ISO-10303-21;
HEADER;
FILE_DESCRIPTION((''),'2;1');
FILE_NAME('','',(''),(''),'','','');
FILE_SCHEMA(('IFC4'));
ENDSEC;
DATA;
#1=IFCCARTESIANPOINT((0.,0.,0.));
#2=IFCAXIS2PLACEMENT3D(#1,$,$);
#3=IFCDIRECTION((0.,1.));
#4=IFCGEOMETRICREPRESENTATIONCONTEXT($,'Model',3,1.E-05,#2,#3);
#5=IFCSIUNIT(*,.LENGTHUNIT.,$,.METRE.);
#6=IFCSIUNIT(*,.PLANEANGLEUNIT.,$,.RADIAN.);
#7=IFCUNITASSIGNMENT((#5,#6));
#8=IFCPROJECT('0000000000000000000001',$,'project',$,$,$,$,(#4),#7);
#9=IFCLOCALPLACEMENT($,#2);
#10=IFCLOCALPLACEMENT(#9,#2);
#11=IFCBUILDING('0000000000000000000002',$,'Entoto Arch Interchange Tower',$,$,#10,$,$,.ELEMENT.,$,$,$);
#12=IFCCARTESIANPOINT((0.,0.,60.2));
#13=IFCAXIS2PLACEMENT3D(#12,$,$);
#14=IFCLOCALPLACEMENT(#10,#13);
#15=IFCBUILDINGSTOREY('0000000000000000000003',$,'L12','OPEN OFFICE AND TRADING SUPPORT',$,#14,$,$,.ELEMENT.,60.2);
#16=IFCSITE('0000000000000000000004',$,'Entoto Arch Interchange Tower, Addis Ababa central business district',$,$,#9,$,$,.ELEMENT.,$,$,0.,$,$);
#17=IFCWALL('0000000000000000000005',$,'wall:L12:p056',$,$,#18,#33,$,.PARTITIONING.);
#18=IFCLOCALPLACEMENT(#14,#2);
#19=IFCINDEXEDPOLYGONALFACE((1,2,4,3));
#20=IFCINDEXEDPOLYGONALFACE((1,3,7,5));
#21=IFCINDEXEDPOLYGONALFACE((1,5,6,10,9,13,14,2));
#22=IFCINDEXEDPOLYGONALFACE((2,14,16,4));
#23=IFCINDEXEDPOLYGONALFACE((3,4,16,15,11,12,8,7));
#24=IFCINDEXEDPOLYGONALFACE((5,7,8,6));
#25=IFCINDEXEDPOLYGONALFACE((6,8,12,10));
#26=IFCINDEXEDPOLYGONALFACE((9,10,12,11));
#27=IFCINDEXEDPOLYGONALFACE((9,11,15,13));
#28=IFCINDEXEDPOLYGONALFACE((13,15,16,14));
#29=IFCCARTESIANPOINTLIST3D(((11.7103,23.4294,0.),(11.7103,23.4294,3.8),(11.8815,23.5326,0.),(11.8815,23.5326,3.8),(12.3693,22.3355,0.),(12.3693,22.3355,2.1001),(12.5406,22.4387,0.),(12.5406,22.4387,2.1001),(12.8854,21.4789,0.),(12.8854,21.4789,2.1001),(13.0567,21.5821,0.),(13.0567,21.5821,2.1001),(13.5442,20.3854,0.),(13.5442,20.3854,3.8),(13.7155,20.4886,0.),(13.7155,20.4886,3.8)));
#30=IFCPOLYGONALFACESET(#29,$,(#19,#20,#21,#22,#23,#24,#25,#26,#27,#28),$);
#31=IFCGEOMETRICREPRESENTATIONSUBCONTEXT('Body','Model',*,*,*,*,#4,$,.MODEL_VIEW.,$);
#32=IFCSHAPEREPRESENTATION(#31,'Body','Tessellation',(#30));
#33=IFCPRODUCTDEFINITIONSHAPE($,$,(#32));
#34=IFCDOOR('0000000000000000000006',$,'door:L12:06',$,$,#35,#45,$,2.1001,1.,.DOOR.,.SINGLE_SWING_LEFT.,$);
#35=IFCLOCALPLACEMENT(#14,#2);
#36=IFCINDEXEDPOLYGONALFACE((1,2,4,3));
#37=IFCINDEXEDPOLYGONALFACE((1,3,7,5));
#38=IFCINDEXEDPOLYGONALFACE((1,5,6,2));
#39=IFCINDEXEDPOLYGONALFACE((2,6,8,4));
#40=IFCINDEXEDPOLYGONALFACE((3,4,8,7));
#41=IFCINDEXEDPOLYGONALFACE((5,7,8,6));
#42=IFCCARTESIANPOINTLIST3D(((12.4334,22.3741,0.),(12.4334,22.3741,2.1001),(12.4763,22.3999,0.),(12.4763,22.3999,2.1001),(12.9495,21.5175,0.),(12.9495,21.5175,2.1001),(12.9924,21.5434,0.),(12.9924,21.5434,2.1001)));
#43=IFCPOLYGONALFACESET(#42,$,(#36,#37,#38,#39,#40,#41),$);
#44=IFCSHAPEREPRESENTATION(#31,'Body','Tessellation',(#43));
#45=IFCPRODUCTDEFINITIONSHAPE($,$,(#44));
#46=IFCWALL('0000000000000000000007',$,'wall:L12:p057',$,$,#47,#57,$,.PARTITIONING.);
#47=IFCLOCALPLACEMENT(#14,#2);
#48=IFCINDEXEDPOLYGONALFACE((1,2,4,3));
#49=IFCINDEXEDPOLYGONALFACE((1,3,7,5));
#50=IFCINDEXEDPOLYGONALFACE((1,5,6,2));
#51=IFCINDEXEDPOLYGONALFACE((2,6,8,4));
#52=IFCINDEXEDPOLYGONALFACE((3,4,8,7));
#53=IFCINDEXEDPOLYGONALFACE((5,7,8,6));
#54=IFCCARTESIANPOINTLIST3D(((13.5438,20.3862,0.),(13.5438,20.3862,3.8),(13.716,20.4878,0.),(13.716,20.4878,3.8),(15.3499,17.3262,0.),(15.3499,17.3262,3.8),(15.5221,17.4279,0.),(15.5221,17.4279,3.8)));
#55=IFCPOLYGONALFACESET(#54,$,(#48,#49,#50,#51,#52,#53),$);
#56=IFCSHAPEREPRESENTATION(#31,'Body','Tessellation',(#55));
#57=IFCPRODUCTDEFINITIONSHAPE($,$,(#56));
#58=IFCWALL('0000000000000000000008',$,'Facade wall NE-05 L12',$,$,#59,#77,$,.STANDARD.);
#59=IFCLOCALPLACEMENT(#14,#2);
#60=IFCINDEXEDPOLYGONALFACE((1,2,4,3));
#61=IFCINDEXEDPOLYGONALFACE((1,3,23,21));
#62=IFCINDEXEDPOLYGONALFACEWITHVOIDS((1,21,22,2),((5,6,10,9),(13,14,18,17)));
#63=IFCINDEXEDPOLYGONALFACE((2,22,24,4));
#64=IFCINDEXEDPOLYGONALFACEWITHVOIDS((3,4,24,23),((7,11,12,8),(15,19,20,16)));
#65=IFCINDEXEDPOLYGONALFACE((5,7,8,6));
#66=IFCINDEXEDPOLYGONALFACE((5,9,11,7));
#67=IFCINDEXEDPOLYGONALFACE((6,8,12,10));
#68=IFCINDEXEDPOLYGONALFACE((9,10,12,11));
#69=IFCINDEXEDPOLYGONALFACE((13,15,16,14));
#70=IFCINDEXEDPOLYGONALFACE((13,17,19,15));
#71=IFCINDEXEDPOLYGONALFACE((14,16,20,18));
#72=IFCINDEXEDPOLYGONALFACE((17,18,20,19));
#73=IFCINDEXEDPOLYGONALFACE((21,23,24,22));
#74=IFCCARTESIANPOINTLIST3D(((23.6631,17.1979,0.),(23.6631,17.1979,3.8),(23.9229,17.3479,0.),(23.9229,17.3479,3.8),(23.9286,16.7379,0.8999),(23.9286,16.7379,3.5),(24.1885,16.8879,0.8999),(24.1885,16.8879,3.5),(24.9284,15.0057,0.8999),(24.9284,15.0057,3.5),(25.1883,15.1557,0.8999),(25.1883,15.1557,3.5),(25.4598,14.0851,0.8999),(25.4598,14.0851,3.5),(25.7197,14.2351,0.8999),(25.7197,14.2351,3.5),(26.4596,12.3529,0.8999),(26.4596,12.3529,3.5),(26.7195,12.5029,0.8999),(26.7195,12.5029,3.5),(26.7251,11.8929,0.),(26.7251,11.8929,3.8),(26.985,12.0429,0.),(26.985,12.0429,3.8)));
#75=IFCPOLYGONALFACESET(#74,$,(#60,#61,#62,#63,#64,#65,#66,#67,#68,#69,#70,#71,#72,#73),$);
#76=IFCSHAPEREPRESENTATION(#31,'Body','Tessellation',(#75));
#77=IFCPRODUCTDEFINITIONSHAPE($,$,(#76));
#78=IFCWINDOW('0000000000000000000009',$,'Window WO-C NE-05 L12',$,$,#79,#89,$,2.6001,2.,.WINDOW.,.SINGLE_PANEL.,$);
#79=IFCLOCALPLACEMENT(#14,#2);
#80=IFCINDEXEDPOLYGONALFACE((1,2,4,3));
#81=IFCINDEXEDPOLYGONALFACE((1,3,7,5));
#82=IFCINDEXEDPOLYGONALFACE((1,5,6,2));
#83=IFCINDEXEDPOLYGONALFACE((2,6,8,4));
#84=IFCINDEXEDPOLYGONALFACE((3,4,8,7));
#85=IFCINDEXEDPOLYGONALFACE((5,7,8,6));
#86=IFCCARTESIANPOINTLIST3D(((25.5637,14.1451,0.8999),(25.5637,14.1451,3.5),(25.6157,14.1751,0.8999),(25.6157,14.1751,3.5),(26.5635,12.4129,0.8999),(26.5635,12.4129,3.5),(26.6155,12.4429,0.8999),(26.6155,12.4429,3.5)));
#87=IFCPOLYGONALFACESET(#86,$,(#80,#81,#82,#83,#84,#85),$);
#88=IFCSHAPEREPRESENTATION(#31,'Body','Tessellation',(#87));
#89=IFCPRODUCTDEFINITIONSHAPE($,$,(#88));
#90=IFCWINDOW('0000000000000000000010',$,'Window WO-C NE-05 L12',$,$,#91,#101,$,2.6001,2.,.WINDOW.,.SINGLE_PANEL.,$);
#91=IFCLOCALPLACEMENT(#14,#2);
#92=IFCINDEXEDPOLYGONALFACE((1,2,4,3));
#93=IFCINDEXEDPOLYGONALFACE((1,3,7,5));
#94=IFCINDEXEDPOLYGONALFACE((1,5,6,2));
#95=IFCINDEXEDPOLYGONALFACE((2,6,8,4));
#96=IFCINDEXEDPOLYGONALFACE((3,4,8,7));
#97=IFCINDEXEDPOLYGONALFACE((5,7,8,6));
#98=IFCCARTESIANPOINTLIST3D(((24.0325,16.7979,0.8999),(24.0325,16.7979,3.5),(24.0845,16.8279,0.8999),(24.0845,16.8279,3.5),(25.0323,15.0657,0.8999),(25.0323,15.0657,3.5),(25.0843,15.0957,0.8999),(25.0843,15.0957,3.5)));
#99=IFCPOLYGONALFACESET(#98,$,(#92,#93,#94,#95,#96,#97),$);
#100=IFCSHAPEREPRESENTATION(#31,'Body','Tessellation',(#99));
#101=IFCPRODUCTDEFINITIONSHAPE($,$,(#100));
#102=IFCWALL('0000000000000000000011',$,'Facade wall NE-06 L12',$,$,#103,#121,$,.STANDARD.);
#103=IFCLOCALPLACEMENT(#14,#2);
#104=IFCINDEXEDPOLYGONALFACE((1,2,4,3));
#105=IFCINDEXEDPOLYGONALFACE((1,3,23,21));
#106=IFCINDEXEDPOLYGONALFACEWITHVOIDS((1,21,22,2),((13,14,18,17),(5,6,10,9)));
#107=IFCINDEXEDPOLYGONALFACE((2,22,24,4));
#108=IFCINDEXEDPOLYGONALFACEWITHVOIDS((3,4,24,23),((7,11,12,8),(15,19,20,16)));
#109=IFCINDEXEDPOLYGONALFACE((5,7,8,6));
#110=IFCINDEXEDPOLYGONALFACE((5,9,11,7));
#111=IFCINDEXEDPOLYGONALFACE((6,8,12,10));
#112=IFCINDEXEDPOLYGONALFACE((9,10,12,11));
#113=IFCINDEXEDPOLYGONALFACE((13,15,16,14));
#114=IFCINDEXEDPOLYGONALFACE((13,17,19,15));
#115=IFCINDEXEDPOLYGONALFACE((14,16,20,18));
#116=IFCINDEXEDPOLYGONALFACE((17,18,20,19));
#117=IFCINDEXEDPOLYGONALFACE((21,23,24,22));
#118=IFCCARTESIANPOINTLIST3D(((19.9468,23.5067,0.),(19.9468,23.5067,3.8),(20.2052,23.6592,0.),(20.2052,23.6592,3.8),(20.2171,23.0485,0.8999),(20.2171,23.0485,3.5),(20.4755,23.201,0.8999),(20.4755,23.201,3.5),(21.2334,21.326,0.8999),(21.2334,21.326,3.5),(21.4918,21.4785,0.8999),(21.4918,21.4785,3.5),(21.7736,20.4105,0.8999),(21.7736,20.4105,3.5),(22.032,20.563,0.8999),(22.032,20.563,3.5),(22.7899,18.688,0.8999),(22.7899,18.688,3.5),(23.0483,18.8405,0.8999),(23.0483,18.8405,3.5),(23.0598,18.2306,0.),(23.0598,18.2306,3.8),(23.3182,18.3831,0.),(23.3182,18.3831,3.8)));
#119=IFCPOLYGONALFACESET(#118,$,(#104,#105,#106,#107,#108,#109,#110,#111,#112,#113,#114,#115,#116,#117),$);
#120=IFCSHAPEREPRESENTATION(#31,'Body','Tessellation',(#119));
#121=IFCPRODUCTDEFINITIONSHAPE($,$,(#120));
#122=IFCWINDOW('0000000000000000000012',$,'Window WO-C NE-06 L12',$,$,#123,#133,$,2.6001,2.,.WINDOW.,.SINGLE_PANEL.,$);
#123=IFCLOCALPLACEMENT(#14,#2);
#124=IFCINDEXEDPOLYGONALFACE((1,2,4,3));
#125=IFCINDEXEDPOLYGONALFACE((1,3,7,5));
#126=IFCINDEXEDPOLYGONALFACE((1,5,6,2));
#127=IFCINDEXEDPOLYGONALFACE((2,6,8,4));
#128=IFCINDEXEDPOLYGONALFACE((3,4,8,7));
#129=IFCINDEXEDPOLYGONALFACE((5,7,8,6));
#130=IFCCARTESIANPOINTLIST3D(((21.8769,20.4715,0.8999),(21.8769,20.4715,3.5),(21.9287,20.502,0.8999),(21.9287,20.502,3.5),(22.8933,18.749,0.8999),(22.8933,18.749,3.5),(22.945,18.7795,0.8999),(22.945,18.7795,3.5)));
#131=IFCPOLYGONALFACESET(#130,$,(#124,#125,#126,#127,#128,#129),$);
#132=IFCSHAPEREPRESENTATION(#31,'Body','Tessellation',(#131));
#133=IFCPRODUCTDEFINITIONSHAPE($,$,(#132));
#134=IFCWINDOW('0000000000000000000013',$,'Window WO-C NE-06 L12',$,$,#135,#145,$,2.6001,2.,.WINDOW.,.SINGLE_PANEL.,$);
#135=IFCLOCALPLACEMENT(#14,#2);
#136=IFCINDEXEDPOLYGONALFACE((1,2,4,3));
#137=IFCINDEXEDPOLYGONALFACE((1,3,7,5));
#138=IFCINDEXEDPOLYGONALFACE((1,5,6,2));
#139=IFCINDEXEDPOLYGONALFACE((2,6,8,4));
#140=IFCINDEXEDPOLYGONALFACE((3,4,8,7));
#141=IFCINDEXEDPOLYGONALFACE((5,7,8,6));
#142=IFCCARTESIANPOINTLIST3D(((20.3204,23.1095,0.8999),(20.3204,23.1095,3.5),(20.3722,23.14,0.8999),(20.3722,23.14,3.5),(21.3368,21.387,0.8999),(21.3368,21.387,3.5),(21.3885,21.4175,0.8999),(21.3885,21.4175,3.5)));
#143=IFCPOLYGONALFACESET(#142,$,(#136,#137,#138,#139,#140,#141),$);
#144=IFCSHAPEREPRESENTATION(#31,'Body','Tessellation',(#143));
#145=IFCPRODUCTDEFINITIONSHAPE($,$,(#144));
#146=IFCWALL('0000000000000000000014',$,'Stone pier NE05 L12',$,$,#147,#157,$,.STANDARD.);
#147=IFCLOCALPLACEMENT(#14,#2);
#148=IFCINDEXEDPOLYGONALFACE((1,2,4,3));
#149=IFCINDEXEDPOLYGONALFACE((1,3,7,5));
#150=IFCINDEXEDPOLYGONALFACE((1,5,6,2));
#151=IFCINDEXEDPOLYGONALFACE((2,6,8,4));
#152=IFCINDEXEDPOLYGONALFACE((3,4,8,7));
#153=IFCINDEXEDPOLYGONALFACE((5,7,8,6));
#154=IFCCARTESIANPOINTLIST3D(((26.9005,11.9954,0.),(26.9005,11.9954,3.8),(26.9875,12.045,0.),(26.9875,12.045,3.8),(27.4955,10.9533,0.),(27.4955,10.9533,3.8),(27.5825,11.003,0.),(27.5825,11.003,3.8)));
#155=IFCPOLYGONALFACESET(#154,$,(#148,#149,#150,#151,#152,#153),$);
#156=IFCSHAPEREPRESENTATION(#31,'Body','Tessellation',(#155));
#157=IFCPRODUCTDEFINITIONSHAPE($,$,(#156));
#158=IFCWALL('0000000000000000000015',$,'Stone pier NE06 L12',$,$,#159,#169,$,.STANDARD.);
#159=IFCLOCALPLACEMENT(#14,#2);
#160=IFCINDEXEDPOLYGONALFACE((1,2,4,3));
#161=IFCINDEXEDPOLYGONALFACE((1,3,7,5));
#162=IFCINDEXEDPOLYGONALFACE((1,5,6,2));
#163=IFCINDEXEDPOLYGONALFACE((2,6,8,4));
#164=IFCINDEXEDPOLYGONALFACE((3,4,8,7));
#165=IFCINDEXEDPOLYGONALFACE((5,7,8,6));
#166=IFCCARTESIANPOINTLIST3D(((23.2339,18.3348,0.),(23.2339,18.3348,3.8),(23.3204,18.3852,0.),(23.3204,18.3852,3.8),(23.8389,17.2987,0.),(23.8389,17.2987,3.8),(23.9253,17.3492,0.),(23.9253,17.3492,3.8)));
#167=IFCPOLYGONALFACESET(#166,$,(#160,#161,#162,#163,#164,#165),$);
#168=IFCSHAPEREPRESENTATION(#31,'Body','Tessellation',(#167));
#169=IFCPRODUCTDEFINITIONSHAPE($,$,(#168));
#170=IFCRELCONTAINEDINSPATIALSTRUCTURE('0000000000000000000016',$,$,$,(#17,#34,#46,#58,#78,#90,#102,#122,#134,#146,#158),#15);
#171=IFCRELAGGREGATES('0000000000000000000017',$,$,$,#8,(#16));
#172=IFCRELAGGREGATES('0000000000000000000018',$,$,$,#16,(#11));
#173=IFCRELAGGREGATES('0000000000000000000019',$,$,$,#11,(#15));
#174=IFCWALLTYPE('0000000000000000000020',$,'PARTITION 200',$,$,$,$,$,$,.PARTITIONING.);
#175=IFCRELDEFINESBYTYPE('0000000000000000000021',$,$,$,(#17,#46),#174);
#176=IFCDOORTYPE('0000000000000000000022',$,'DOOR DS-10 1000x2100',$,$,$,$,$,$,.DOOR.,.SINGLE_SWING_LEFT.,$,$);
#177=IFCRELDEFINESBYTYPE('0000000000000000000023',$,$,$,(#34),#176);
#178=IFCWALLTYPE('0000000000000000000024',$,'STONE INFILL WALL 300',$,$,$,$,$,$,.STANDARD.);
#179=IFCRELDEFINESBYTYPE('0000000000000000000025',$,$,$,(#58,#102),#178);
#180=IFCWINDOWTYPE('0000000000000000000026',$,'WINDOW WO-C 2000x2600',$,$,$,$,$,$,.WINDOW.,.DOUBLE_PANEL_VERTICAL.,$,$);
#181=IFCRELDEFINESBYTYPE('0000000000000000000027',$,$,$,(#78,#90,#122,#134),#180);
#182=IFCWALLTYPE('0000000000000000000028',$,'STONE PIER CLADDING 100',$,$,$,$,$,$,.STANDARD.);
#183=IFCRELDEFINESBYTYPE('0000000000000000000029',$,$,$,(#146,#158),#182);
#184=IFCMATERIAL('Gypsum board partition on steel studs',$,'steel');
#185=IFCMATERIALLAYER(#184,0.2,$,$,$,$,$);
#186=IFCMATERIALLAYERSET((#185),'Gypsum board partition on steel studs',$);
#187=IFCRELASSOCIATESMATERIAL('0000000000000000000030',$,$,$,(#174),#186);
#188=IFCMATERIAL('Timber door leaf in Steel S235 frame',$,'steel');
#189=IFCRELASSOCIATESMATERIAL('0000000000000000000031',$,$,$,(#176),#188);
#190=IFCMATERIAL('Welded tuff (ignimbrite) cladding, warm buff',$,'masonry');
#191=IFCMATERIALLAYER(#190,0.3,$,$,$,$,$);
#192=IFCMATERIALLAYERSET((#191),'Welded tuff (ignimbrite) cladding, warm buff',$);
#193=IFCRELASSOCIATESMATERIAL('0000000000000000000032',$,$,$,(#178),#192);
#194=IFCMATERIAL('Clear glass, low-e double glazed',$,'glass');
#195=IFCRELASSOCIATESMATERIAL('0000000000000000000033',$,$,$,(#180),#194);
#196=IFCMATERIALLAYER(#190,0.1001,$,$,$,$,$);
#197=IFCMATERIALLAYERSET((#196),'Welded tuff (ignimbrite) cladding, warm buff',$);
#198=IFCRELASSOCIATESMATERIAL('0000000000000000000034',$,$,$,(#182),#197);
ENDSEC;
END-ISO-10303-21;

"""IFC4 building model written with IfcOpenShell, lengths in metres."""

from ifc_helpers import new_model, si_unit, direction, frame, frame_2d, origin, place, context, subcontext, project, spatial, rectangle, extrude, material, layer, layer_set, type_object, element, fill, save


model = new_model("IFC4")

# Units and contexts
model_context = context("Model", 3, precision=1e-05, world=origin(), true_north=direction((0.0, 1.0)))
body_context = subcontext(model_context, "Body", "Model", "MODEL_VIEW")
ifc_project = project(units=[si_unit("LENGTHUNIT", "METRE"), si_unit("PLANEANGLEUNIT", "RADIAN")], contexts=[model_context])

# Site, building, storey
site_placement = place(None, origin())
site = spatial("IfcSite", under=ifc_project, at=site_placement, Name="Entoto Arch Interchange Tower, Addis Ababa central business district", CompositionType="ELEMENT", RefElevation=0.0)
building_placement = place(site_placement, origin())
building = spatial("IfcBuilding", under=site, at=building_placement, Name="Entoto Arch Interchange Tower", CompositionType="ELEMENT")
storey_placement = place(building_placement, frame((0.0, 0.0, 60.2)))
storey = spatial("IfcBuildingStorey", under=building, at=storey_placement, Name="L12", Description="OPEN OFFICE AND TRADING SUPPORT", CompositionType="ELEMENT", Elevation=60.2)

# Shared definitions
ifc_material_1 = material(Name="Gypsum board partition on steel studs", Category="steel")
ifc_layer_1 = layer(ifc_material_1, 0.2)
ifc_layer_set_1 = layer_set([ifc_layer_1], Name="Gypsum board partition on steel studs")
wall_type_1 = type_object("IfcWallType", Name="PARTITION 200", PredefinedType="PARTITIONING", material=ifc_layer_set_1)

# Shared definitions
ifc_material_2 = material(Name="Timber door leaf in Steel S235 frame", Category="steel")
door_type = type_object("IfcDoorType", Name="DOOR DS-10 1000x2100", OperationType="SINGLE_SWING_LEFT", PredefinedType="DOOR", material=ifc_material_2)

# Wall, opening, door
wall_1_placement = place(storey_placement, frame((11.7959, 23.481, 0.0), z_axis=(0.0, 0.0, 1.0), x_axis=(0.516071, -0.856546, 0.0)))
wall_1 = element("IfcWall", 1, at=wall_1_placement, inside=storey, type_object=wall_type_1, Name="wall:L12:p056", PredefinedType="PARTITIONING", context=body_context, shape_type="SweptSolid", body=[
    extrude(rectangle(XDim=3.5537, YDim=0.2, at=frame_2d((1.7769, 0.0))), origin(), (0.0, 0.0, 1.0), 3.8),
])
opening_1_placement = place(wall_1_placement, frame((1.2771, 0.0, 0.0)))
opening_1 = element("IfcOpeningElement", 2, at=opening_1_placement, cuts=wall_1, PredefinedType="OPENING", context=body_context, shape_type="SweptSolid", body=[
    extrude(rectangle(XDim=1.0, YDim=2.1001, at=frame_2d((0.5, 1.05))), frame((0.0, 0.1099, 0.0), z_axis=(0.0, -1.0, 0.0), x_axis=(1.0, 0.0, 0.0)), (0.0, 0.0, 1.0), 0.22),
])
door_1_placement = place(opening_1_placement, origin())
door_1 = element("IfcDoor", 3, at=door_1_placement, inside=storey, type_object=door_type, Name="door:L12:06", OperationType="SINGLE_SWING_LEFT", OverallHeight=2.1001, OverallWidth=1.0, PredefinedType="DOOR", context=body_context, shape_type="SweptSolid", body=[
    extrude(rectangle(XDim=1.0, YDim=2.1001, at=frame_2d((0.5, 1.05))), frame((0.0, 0.0249, 0.0), z_axis=(0.0, -1.0, 0.0), x_axis=(1.0, 0.0, 0.0)), (0.0, 0.0, 1.0), 0.05),
])
fill(opening_1, door_1)

# Wall
wall_2_placement = place(storey_placement, frame((13.6299, 20.437, 0.0), z_axis=(0.0, 0.0, 1.0), x_axis=(0.508299, -0.861181, 0.0)))
element("IfcWall", 4, at=wall_2_placement, inside=storey, type_object=wall_type_1, Name="wall:L12:p057", PredefinedType="PARTITIONING", context=body_context, shape_type="SweptSolid", body=[
    extrude(rectangle(XDim=3.5532, YDim=0.2, at=frame_2d((1.7766, 0.0))), origin(), (0.0, 0.0, 1.0), 3.8),
])

# Walls, openings, windows
ifc_material_3 = material(Name="Welded tuff (ignimbrite) cladding, warm buff", Category="masonry")
ifc_layer_2 = layer(ifc_material_3, 0.3)
ifc_layer_set_2 = layer_set([ifc_layer_2], Name="Welded tuff (ignimbrite) cladding, warm buff")
wall_type_2 = type_object("IfcWallType", Name="STONE INFILL WALL 300", PredefinedType="STANDARD", material=ifc_layer_set_2)
wall_3_placement = place(storey_placement, frame((26.855, 11.968, 0.0), z_axis=(0.0, 0.0, 1.0), x_axis=(-0.499903, 0.866081, 0.0)))
wall_3 = element("IfcWall", 5, at=wall_3_placement, inside=storey, type_object=wall_type_2, Name="Facade wall NE-05 L12", PredefinedType="STANDARD", context=body_context, shape_type="SweptSolid", body=[
    extrude(rectangle(XDim=6.1252, YDim=0.3, at=frame_2d((3.0625, 0.0))), origin(), (0.0, 0.0, 1.0), 3.8),
])
opening_2_placement = place(wall_3_placement, frame((0.531, 0.0, 0.8999)))
opening_2 = element("IfcOpeningElement", 6, at=opening_2_placement, cuts=wall_3, PredefinedType="OPENING", context=body_context, shape_type="SweptSolid", body=[
    extrude(rectangle(XDim=2.0, YDim=2.6001, at=frame_2d((1.0, 1.3))), frame((0.0, 0.1602, 0.0), z_axis=(0.0, -1.0, 0.0), x_axis=(1.0, 0.0, 0.0)), (0.0, 0.0, 1.0), 0.3201),
])
opening_3_placement = place(wall_3_placement, frame((3.594, 0.0, 0.8999)))
opening_3 = element("IfcOpeningElement", 7, at=opening_3_placement, cuts=wall_3, PredefinedType="OPENING", context=body_context, shape_type="SweptSolid", body=[
    extrude(rectangle(XDim=2.0, YDim=2.6001, at=frame_2d((1.0, 1.3))), frame((0.0, 0.1602, 0.0), z_axis=(0.0, -1.0, 0.0), x_axis=(1.0, 0.0, 0.0)), (0.0, 0.0, 1.0), 0.3201),
])
ifc_material_4 = material(Name="Clear glass, low-e double glazed", Category="glass")
window_type = type_object("IfcWindowType", Name="WINDOW WO-C 2000x2600", PartitioningType="DOUBLE_PANEL_VERTICAL", PredefinedType="WINDOW", material=ifc_material_4)
window_1_placement = place(opening_2_placement, origin())
window_1 = element("IfcWindow", 8, at=window_1_placement, inside=storey, type_object=window_type, Name="Window WO-C NE-05 L12", OverallHeight=2.6001, OverallWidth=2.0, PartitioningType="SINGLE_PANEL", PredefinedType="WINDOW", context=body_context, shape_type="SweptSolid", body=[
    extrude(rectangle(XDim=2.0, YDim=2.6001, at=frame_2d((1.0, 1.3))), frame((0.0, 0.03, 0.0), z_axis=(0.0, -1.0, 0.0), x_axis=(1.0, 0.0, 0.0)), (0.0, 0.0, 1.0), 0.0601),
])
fill(opening_2, window_1)
window_2_placement = place(opening_3_placement, origin())
window_2 = element("IfcWindow", 9, at=window_2_placement, inside=storey, type_object=window_type, Name="Window WO-C NE-05 L12", OverallHeight=2.6001, OverallWidth=2.0, PartitioningType="SINGLE_PANEL", PredefinedType="WINDOW", context=body_context, shape_type="SweptSolid", body=[
    extrude(rectangle(XDim=2.0, YDim=2.6001, at=frame_2d((1.0, 1.3))), frame((0.0, 0.03, 0.0), z_axis=(0.0, -1.0, 0.0), x_axis=(1.0, 0.0, 0.0)), (0.0, 0.0, 1.0), 0.0601),
])
fill(opening_3, window_2)
wall_4_placement = place(storey_placement, frame((23.189, 18.3069, 0.0), z_axis=(0.0, 0.0, 1.0), x_axis=(-0.508164, 0.86126, 0.0)))
wall_4 = element("IfcWall", 10, at=wall_4_placement, inside=storey, type_object=wall_type_2, Name="Facade wall NE-06 L12", PredefinedType="STANDARD", context=body_context, shape_type="SweptSolid", body=[
    extrude(rectangle(XDim=6.126, YDim=0.3, at=frame_2d((3.063, 0.0))), origin(), (0.0, 0.0, 1.0), 3.8),
])
opening_4_placement = place(wall_4_placement, frame((0.531, 0.0, 0.8999)))
opening_4 = element("IfcOpeningElement", 11, at=opening_4_placement, cuts=wall_4, PredefinedType="OPENING", context=body_context, shape_type="SweptSolid", body=[
    extrude(rectangle(XDim=2.0, YDim=2.6001, at=frame_2d((1.0, 1.3))), frame((0.0, 0.1602, 0.0), z_axis=(0.0, -1.0, 0.0), x_axis=(1.0, 0.0, 0.0)), (0.0, 0.0, 1.0), 0.3201),
])
opening_5_placement = place(wall_4_placement, frame((3.594, 0.0, 0.8999)))
opening_5 = element("IfcOpeningElement", 12, at=opening_5_placement, cuts=wall_4, PredefinedType="OPENING", context=body_context, shape_type="SweptSolid", body=[
    extrude(rectangle(XDim=2.0, YDim=2.6001, at=frame_2d((1.0, 1.3))), frame((0.0, 0.1602, 0.0), z_axis=(0.0, -1.0, 0.0), x_axis=(1.0, 0.0, 0.0)), (0.0, 0.0, 1.0), 0.3201),
])
window_3_placement = place(opening_4_placement, origin())
window_3 = element("IfcWindow", 13, at=window_3_placement, inside=storey, type_object=window_type, Name="Window WO-C NE-06 L12", OverallHeight=2.6001, OverallWidth=2.0, PartitioningType="SINGLE_PANEL", PredefinedType="WINDOW", context=body_context, shape_type="SweptSolid", body=[
    extrude(rectangle(XDim=2.0, YDim=2.6001, at=frame_2d((1.0, 1.3))), frame((0.0, 0.03, 0.0), z_axis=(0.0, -1.0, 0.0), x_axis=(1.0, 0.0, 0.0)), (0.0, 0.0, 1.0), 0.0601),
])
fill(opening_4, window_3)
window_4_placement = place(opening_5_placement, origin())
window_4 = element("IfcWindow", 14, at=window_4_placement, inside=storey, type_object=window_type, Name="Window WO-C NE-06 L12", OverallHeight=2.6001, OverallWidth=2.0, PartitioningType="SINGLE_PANEL", PredefinedType="WINDOW", context=body_context, shape_type="SweptSolid", body=[
    extrude(rectangle(XDim=2.0, YDim=2.6001, at=frame_2d((1.0, 1.3))), frame((0.0, 0.03, 0.0), z_axis=(0.0, -1.0, 0.0), x_axis=(1.0, 0.0, 0.0)), (0.0, 0.0, 1.0), 0.0601),
])
fill(opening_5, window_4)

# Walls
ifc_layer_3 = layer(ifc_material_3, 0.1001)
ifc_layer_set_3 = layer_set([ifc_layer_3], Name="Welded tuff (ignimbrite) cladding, warm buff")
wall_type_3 = type_object("IfcWallType", Name="STONE PIER CLADDING 100", PredefinedType="STANDARD", material=ifc_layer_set_3)
wall_5_placement = place(storey_placement, frame((27.5391, 10.978, 0.0), z_axis=(0.0, 0.0, 1.0), x_axis=(-0.495854, 0.868406, 0.0)))
element("IfcWall", 15, at=wall_5_placement, inside=storey, type_object=wall_type_3, Name="Stone pier NE05 L12", PredefinedType="STANDARD", context=body_context, shape_type="SweptSolid", body=[
    extrude(rectangle(XDim=1.2, YDim=0.1001, at=frame_2d((0.6001, 0.0))), origin(), (0.0, 0.0, 1.0), 3.8),
])
wall_6_placement = place(storey_placement, frame((23.8821, 17.324, 0.0), z_axis=(0.0, 0.0, 1.0), x_axis=(-0.504225, 0.863572, 0.0)))
element("IfcWall", 16, at=wall_6_placement, inside=storey, type_object=wall_type_3, Name="Stone pier NE06 L12", PredefinedType="STANDARD", context=body_context, shape_type="SweptSolid", body=[
    extrude(rectangle(XDim=1.1997, YDim=0.1001, at=frame_2d((0.5999, 0.0))), origin(), (0.0, 0.0, 1.0), 3.8),
])

save(model, "model.ifc")
